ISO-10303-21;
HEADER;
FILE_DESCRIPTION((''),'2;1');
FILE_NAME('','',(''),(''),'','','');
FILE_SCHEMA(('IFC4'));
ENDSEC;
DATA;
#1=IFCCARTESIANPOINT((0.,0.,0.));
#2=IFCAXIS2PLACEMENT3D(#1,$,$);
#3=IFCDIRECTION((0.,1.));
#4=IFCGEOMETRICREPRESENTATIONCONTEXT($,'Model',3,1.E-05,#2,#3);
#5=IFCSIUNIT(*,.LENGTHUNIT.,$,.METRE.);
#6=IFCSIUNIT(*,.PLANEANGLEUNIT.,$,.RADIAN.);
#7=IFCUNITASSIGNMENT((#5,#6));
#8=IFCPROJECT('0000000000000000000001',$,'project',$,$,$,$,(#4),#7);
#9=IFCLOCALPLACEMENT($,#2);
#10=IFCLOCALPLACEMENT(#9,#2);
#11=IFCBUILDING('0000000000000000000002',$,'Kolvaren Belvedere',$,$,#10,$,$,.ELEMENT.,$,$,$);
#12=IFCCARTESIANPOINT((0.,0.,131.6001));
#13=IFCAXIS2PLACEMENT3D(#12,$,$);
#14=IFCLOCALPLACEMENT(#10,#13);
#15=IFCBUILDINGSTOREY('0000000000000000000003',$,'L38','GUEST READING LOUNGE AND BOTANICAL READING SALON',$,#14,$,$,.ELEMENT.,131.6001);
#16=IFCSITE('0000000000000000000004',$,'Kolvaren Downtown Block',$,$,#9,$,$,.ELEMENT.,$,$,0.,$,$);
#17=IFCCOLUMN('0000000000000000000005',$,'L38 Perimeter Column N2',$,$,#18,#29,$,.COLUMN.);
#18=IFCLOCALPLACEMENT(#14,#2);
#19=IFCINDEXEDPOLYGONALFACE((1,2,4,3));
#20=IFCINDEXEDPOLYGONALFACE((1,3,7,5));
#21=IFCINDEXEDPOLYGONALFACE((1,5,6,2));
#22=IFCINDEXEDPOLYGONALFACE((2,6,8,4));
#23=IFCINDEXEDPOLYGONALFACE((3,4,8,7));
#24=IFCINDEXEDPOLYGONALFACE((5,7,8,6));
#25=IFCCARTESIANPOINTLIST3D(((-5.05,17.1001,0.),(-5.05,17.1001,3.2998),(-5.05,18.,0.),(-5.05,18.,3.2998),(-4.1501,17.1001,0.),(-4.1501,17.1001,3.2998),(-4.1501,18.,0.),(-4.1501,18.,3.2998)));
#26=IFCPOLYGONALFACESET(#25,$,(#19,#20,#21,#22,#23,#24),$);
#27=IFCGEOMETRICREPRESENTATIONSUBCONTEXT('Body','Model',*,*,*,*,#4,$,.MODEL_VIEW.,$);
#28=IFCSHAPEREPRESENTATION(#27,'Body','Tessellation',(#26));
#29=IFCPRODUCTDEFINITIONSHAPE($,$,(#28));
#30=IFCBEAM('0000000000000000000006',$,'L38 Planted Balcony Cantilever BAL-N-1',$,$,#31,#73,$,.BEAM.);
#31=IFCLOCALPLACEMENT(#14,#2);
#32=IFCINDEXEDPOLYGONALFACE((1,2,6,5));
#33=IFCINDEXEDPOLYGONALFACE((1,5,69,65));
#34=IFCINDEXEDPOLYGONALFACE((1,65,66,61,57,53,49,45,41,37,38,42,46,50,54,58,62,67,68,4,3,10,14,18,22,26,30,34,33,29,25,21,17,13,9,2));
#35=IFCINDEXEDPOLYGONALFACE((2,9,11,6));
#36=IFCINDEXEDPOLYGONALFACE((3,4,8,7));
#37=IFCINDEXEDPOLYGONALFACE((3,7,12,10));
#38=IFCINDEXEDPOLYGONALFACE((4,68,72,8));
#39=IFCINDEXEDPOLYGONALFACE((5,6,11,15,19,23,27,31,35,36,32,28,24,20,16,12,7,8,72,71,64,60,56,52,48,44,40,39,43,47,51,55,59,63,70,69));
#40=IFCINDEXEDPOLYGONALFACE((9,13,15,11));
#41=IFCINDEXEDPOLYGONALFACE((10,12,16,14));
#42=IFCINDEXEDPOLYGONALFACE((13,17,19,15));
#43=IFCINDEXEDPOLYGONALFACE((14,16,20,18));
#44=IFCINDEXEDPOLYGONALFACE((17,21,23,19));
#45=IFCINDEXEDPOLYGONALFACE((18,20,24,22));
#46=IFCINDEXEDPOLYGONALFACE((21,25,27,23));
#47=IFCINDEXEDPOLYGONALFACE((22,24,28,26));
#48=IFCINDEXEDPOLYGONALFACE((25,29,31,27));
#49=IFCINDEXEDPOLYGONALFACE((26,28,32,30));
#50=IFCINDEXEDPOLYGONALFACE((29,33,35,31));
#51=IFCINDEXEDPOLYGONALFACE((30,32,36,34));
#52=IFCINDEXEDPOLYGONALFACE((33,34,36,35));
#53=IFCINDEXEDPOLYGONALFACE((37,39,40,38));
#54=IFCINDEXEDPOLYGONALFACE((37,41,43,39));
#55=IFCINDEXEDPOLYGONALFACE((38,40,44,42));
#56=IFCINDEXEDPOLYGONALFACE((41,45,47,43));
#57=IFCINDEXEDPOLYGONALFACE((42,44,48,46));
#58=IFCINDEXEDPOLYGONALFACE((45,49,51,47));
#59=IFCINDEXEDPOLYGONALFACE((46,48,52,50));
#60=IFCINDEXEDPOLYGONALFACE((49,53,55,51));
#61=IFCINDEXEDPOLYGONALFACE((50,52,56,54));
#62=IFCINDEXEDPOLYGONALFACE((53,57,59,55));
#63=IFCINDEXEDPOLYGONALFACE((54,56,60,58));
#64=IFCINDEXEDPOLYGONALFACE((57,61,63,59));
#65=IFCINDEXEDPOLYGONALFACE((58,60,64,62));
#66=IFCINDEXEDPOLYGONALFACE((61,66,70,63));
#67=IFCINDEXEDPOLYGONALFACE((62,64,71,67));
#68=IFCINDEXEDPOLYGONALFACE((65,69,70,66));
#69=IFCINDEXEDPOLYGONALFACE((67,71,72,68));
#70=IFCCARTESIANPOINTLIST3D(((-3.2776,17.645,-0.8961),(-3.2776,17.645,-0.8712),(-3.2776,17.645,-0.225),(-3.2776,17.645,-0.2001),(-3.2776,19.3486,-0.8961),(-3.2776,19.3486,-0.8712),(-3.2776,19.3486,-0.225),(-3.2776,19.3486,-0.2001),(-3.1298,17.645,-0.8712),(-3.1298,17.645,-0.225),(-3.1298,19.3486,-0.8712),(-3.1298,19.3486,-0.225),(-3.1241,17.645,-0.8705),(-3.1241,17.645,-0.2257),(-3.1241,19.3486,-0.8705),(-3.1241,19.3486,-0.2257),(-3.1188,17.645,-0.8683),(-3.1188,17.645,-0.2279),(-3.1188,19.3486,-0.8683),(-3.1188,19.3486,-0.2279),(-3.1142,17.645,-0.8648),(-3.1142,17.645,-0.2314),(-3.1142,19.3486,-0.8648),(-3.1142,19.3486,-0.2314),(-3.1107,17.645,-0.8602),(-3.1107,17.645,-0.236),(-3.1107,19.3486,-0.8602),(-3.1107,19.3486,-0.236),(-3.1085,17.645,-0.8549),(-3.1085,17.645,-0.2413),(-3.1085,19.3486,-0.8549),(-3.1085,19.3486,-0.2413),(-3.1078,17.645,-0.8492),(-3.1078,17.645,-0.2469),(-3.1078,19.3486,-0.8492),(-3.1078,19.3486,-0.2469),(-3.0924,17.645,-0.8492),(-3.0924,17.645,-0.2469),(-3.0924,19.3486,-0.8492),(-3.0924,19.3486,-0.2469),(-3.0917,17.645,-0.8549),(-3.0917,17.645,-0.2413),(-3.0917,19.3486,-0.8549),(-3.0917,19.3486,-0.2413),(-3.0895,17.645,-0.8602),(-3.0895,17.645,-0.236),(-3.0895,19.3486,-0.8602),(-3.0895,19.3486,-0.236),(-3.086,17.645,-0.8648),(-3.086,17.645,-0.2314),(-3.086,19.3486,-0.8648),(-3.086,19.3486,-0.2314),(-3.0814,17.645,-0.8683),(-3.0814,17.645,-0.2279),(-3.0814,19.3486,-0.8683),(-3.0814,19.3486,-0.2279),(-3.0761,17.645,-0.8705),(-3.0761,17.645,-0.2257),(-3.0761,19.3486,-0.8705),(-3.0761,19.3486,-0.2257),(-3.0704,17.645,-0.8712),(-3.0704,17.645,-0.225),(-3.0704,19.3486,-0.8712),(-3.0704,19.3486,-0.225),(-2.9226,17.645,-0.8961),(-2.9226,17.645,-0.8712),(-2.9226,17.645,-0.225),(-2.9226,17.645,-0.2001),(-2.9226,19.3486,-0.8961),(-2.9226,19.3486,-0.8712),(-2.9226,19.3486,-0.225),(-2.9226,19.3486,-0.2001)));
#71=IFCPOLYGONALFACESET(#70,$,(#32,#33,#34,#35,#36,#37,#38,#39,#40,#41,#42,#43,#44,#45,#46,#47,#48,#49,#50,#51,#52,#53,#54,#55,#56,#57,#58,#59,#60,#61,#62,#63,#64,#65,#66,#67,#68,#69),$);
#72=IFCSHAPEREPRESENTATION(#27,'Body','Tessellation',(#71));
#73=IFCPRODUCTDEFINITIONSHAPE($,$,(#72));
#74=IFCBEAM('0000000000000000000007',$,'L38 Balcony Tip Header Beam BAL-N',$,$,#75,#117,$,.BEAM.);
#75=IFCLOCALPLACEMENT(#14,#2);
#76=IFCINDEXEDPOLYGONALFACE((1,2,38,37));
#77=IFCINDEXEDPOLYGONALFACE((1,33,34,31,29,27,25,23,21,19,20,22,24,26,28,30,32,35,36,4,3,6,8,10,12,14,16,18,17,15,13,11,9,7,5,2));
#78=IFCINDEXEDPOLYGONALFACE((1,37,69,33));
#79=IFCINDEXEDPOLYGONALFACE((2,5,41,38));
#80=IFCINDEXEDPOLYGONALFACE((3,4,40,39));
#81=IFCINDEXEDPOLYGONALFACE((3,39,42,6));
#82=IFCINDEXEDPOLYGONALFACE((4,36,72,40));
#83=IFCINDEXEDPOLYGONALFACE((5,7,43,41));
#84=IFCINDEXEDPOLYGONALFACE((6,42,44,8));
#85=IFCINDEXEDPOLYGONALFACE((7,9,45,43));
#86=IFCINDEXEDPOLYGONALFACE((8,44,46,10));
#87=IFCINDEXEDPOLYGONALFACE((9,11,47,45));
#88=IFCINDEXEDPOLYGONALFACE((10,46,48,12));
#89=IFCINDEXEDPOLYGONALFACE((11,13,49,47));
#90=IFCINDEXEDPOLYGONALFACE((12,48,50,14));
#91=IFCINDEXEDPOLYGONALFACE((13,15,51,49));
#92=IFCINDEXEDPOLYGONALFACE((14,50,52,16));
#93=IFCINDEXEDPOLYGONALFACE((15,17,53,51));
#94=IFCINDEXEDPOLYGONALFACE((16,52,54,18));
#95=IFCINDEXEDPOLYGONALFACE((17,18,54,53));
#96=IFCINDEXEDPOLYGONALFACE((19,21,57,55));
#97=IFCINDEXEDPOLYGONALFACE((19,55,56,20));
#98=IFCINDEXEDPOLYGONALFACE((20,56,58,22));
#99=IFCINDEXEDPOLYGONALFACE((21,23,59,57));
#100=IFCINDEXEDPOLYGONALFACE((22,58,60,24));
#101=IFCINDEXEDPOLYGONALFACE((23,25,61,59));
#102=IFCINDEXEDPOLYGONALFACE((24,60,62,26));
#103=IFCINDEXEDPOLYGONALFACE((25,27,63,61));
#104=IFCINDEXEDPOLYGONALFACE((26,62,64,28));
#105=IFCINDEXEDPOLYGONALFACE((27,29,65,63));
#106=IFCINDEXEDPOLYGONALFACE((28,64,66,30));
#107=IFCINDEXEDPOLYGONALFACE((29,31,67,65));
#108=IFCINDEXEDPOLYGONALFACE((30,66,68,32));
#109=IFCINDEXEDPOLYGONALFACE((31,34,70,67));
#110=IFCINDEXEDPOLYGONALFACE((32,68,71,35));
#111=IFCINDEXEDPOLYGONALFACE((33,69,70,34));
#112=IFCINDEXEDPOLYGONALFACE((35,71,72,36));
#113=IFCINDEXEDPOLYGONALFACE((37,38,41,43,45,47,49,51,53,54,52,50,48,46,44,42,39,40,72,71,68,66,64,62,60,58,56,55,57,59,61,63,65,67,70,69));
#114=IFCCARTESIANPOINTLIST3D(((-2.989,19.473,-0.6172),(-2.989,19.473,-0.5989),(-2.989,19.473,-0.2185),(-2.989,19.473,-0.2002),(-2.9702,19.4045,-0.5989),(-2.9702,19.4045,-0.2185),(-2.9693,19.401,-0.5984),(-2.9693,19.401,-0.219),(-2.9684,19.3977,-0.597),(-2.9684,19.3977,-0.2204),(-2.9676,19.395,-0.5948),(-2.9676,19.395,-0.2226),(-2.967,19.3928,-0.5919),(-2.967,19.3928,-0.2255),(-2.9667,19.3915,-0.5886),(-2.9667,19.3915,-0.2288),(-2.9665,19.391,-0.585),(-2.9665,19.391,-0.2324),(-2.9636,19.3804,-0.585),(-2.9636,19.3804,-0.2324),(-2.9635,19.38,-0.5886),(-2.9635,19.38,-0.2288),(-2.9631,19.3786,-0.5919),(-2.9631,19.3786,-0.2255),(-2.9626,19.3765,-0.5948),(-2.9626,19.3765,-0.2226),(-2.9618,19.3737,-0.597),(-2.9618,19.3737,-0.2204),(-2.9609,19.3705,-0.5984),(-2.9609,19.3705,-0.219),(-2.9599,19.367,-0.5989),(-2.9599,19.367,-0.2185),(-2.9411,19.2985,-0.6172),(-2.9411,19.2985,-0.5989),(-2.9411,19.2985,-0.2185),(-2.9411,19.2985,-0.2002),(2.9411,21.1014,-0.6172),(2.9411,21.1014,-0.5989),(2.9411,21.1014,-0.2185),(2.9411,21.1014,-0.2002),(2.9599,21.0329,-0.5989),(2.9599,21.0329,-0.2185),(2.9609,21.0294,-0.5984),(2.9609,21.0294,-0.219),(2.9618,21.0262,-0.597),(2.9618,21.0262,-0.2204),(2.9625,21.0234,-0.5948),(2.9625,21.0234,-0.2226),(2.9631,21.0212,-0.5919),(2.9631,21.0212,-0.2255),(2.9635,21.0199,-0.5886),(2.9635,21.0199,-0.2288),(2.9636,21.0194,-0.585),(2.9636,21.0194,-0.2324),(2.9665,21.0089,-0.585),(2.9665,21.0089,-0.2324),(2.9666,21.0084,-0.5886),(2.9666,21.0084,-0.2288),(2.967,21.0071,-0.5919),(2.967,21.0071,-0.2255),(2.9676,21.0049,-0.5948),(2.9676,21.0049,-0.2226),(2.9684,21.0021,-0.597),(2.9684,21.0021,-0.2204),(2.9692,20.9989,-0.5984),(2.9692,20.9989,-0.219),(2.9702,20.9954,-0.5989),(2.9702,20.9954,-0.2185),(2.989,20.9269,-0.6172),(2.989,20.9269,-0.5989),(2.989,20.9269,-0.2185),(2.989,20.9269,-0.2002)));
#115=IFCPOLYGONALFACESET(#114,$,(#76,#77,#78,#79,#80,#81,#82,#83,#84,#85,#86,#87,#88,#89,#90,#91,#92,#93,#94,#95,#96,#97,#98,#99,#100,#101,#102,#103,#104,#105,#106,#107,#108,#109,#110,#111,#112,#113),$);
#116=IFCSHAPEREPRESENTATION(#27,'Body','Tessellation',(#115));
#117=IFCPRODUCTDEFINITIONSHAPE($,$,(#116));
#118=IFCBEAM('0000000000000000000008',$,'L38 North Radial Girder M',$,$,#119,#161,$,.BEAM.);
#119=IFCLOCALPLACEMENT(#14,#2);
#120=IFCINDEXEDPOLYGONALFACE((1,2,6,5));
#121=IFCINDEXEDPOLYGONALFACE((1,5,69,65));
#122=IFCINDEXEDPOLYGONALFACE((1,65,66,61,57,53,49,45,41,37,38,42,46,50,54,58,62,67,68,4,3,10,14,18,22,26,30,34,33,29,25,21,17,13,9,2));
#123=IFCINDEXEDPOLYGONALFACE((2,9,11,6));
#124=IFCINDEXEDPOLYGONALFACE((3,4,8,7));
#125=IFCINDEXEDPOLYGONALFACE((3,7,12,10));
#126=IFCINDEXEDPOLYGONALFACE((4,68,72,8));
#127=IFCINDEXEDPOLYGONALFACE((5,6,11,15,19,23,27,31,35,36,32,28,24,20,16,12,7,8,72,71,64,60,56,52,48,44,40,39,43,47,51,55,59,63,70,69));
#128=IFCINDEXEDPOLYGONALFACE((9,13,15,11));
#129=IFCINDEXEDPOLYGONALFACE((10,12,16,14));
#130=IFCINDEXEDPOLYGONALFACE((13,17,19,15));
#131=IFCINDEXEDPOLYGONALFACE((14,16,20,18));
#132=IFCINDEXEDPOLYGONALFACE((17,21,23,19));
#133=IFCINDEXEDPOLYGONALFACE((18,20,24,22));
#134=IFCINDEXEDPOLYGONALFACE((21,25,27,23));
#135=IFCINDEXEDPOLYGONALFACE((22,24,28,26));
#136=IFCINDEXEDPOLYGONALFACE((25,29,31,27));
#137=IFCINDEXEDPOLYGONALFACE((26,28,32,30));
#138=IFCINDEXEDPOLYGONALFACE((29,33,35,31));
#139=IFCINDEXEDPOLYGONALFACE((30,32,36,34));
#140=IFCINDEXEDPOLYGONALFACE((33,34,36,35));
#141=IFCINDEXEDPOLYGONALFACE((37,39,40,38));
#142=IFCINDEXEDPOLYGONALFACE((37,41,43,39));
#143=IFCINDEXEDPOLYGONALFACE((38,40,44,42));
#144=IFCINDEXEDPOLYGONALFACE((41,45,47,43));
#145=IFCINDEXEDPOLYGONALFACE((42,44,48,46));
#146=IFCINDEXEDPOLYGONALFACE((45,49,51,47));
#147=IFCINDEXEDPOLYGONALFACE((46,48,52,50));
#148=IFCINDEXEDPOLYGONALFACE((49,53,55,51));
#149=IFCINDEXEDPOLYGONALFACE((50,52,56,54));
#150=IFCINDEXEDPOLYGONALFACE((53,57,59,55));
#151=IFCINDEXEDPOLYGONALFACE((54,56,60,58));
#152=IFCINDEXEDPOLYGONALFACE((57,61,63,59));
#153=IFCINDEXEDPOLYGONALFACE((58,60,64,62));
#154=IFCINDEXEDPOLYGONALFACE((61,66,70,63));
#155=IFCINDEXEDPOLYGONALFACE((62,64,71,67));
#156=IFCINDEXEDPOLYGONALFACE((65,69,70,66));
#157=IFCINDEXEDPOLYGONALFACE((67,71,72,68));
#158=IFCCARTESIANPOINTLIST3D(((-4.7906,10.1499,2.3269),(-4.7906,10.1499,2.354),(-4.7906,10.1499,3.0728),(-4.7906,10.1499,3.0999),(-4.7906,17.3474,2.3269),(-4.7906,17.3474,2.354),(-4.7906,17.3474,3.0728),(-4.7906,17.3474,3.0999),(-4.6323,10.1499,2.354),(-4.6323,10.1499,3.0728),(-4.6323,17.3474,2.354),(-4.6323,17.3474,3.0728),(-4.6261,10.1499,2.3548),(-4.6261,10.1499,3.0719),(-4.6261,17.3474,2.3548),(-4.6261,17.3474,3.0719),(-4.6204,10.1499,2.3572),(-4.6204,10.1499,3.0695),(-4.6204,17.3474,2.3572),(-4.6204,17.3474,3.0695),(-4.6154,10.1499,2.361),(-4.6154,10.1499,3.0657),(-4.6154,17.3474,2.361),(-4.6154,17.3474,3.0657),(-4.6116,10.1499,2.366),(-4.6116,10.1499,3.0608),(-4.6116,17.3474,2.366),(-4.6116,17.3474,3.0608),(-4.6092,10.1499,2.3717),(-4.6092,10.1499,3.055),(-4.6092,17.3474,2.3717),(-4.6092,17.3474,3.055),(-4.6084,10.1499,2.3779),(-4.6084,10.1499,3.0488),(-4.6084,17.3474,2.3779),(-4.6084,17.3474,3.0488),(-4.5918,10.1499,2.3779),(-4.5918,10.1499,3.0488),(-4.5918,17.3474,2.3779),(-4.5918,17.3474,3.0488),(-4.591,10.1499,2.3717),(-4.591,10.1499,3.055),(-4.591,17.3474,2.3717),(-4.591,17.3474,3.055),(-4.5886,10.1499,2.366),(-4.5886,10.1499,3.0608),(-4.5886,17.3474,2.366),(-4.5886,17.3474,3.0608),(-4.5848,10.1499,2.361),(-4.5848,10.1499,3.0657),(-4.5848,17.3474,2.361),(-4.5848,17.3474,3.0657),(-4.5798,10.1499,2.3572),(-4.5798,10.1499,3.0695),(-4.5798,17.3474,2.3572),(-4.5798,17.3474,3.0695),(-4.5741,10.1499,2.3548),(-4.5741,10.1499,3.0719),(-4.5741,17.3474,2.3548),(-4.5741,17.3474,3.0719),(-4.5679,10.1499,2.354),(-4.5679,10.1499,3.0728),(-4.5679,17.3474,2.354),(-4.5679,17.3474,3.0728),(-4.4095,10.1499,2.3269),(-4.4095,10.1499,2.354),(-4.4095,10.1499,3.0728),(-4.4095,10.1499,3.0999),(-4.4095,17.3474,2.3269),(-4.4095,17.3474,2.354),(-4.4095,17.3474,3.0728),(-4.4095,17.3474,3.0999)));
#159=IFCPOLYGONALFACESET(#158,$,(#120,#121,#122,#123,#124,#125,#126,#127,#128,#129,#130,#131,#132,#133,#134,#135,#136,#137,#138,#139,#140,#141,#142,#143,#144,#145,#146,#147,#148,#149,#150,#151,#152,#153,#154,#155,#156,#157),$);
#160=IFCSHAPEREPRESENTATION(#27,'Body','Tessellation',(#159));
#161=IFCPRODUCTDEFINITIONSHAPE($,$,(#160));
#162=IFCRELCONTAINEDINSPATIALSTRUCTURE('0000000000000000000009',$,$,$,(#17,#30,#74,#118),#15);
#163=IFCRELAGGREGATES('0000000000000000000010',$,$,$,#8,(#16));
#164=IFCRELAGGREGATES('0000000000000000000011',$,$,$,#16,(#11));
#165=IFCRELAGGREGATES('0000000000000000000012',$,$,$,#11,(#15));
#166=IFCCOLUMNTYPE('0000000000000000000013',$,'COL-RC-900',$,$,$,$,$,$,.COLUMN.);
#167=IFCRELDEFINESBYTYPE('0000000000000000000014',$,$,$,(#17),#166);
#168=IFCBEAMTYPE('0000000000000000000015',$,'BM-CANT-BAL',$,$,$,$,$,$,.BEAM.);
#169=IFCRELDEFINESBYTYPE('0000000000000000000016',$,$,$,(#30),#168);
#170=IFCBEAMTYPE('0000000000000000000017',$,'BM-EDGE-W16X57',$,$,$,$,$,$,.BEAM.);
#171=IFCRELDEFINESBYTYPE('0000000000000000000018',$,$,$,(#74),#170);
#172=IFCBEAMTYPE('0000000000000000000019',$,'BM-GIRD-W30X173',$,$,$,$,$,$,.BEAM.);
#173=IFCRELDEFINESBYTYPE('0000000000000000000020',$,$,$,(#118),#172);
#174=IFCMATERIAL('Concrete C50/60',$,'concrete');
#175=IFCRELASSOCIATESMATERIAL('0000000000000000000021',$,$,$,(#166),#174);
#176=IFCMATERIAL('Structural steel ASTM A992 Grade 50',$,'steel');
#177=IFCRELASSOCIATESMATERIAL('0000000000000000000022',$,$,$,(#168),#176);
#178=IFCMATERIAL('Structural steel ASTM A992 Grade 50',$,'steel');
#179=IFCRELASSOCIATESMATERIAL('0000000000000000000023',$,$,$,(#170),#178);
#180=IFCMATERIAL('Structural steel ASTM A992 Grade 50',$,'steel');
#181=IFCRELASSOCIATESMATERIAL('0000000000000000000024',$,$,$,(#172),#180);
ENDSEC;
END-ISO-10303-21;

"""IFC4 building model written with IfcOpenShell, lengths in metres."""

from ifc_helpers import new_model, si_unit, direction, frame, origin, origin_2d, place, context, subcontext, project, spatial, rectangle, i_section, extrude, material, material_profile, profile_set, type_object, element, save


model = new_model("IFC4")

# Units and contexts
model_context = context("Model", 3, precision=1e-05, world=origin(), true_north=direction((0.0, 1.0)))
body_context = subcontext(model_context, "Body", "Model", "MODEL_VIEW")
ifc_project = project(units=[si_unit("LENGTHUNIT", "METRE"), si_unit("PLANEANGLEUNIT", "RADIAN")], contexts=[model_context])

# Site, building, storey
site_placement = place(None, origin())
site = spatial("IfcSite", under=ifc_project, at=site_placement, Name="Kolvaren Downtown Block", CompositionType="ELEMENT", RefElevation=0.0)
building_placement = place(site_placement, origin())
building = spatial("IfcBuilding", under=site, at=building_placement, Name="Kolvaren Belvedere", CompositionType="ELEMENT")
storey_placement = place(building_placement, frame((0.0, 0.0, 131.6001)))
storey = spatial("IfcBuildingStorey", under=building, at=storey_placement, Name="L38", Description="GUEST READING LOUNGE AND BOTANICAL READING SALON", CompositionType="ELEMENT", Elevation=131.6001)

# Column
ifc_material_1 = material(Name="Concrete C50/60", Category="concrete")
ifc_material_profile_1 = material_profile(ifc_material_1, rectangle(XDim=0.8999, YDim=0.8999, at=origin_2d()), Name="RC 900X900")
ifc_profile_set_1 = profile_set([ifc_material_profile_1], Name="Concrete C50/60")
column_type = type_object("IfcColumnType", Name="COL-RC-900", PredefinedType="COLUMN", material=ifc_profile_set_1)
column_placement = place(storey_placement, frame((-4.6001, 17.55, 0.0), z_axis=(0.0, 0.0, 1.0), x_axis=(1.0, 0.0, 0.0)))
element("IfcColumn", 1, at=column_placement, inside=storey, type_object=column_type, Name="L38 Perimeter Column N2", PredefinedType="COLUMN", context=body_context, shape_type="SweptSolid", body=[
    extrude(rectangle(XDim=0.8999, YDim=0.8999, at=origin_2d()), origin(), (0.0, 0.0, 1.0), 3.2998),
])

# Beams
ifc_material_2 = material(Name="Structural steel ASTM A992 Grade 50", Category="steel")
ifc_material_profile_2 = material_profile(ifc_material_2, i_section(OverallWidth=0.355, OverallDepth=0.696, WebThickness=0.0154, FlangeThickness=0.0249, FilletRadius=0.022, at=origin_2d()), Name="W27X146")
ifc_profile_set_2 = profile_set([ifc_material_profile_2], Name="Structural steel ASTM A992 Grade 50")
beam_type_1 = type_object("IfcBeamType", Name="BM-CANT-BAL", PredefinedType="BEAM", material=ifc_profile_set_2)
beam_1_placement = place(storey_placement, frame((-3.1001, 17.645, -0.5481), z_axis=(0.0, 1.0, 0.0), x_axis=(-1.0, 0.0, 0.0)))
element("IfcBeam", 2, at=beam_1_placement, inside=storey, type_object=beam_type_1, Name="L38 Planted Balcony Cantilever BAL-N-1", PredefinedType="BEAM", context=body_context, shape_type="SweptSolid", body=[
    extrude(i_section(OverallWidth=0.355, OverallDepth=0.696, WebThickness=0.0154, FlangeThickness=0.0249, FilletRadius=0.022, at=origin_2d()), origin(), (0.0, 0.0, 1.0), 1.7036),
])
ifc_material_3 = material(Name="Structural steel ASTM A992 Grade 50", Category="steel")
ifc_material_profile_3 = material_profile(ifc_material_3, i_section(OverallWidth=0.1809, OverallDepth=0.417, WebThickness=0.011, FlangeThickness=0.0183, FilletRadius=0.0139, at=origin_2d()), Name="W16X57")
ifc_profile_set_3 = profile_set([ifc_material_profile_3], Name="Structural steel ASTM A992 Grade 50")
beam_type_2 = type_object("IfcBeamType", Name="BM-EDGE-W16X57", PredefinedType="BEAM", material=ifc_profile_set_3)
beam_2_placement = place(storey_placement, frame((-2.9651, 19.3857, -0.4087), z_axis=(0.964304, 0.264797, 0.0), x_axis=(-0.264797, 0.964304, 0.0)))
element("IfcBeam", 3, at=beam_2_placement, inside=storey, type_object=beam_type_2, Name="L38 Balcony Tip Header Beam BAL-N", PredefinedType="BEAM", context=body_context, shape_type="SweptSolid", body=[
    extrude(i_section(OverallWidth=0.1809, OverallDepth=0.417, WebThickness=0.011, FlangeThickness=0.0183, FilletRadius=0.0139, at=origin_2d()), origin(), (0.0, 0.0, 1.0), 6.1497),
])
ifc_material_4 = material(Name="Structural steel ASTM A992 Grade 50", Category="steel")
ifc_material_profile_4 = material_profile(ifc_material_4, i_section(OverallWidth=0.3811, OverallDepth=0.7729, WebThickness=0.0166, FlangeThickness=0.0271, FilletRadius=0.0239, at=origin_2d()), Name="W30X173")
ifc_profile_set_4 = profile_set([ifc_material_profile_4], Name="Structural steel ASTM A992 Grade 50")
beam_type_3 = type_object("IfcBeamType", Name="BM-GIRD-W30X173", PredefinedType="BEAM", material=ifc_profile_set_4)
beam_3_placement = place(storey_placement, frame((-4.6001, 10.1499, 2.7134), z_axis=(0.0, 1.0, 0.0), x_axis=(-1.0, 0.0, 0.0)))
element("IfcBeam", 4, at=beam_3_placement, inside=storey, type_object=beam_type_3, Name="L38 North Radial Girder M", PredefinedType="BEAM", context=body_context, shape_type="SweptSolid", body=[
    extrude(i_section(OverallWidth=0.3811, OverallDepth=0.7729, WebThickness=0.0166, FlangeThickness=0.0271, FilletRadius=0.0239, at=origin_2d()), origin(), (0.0, 0.0, 1.0), 7.1975),
])

save(model, "model.ifc")
